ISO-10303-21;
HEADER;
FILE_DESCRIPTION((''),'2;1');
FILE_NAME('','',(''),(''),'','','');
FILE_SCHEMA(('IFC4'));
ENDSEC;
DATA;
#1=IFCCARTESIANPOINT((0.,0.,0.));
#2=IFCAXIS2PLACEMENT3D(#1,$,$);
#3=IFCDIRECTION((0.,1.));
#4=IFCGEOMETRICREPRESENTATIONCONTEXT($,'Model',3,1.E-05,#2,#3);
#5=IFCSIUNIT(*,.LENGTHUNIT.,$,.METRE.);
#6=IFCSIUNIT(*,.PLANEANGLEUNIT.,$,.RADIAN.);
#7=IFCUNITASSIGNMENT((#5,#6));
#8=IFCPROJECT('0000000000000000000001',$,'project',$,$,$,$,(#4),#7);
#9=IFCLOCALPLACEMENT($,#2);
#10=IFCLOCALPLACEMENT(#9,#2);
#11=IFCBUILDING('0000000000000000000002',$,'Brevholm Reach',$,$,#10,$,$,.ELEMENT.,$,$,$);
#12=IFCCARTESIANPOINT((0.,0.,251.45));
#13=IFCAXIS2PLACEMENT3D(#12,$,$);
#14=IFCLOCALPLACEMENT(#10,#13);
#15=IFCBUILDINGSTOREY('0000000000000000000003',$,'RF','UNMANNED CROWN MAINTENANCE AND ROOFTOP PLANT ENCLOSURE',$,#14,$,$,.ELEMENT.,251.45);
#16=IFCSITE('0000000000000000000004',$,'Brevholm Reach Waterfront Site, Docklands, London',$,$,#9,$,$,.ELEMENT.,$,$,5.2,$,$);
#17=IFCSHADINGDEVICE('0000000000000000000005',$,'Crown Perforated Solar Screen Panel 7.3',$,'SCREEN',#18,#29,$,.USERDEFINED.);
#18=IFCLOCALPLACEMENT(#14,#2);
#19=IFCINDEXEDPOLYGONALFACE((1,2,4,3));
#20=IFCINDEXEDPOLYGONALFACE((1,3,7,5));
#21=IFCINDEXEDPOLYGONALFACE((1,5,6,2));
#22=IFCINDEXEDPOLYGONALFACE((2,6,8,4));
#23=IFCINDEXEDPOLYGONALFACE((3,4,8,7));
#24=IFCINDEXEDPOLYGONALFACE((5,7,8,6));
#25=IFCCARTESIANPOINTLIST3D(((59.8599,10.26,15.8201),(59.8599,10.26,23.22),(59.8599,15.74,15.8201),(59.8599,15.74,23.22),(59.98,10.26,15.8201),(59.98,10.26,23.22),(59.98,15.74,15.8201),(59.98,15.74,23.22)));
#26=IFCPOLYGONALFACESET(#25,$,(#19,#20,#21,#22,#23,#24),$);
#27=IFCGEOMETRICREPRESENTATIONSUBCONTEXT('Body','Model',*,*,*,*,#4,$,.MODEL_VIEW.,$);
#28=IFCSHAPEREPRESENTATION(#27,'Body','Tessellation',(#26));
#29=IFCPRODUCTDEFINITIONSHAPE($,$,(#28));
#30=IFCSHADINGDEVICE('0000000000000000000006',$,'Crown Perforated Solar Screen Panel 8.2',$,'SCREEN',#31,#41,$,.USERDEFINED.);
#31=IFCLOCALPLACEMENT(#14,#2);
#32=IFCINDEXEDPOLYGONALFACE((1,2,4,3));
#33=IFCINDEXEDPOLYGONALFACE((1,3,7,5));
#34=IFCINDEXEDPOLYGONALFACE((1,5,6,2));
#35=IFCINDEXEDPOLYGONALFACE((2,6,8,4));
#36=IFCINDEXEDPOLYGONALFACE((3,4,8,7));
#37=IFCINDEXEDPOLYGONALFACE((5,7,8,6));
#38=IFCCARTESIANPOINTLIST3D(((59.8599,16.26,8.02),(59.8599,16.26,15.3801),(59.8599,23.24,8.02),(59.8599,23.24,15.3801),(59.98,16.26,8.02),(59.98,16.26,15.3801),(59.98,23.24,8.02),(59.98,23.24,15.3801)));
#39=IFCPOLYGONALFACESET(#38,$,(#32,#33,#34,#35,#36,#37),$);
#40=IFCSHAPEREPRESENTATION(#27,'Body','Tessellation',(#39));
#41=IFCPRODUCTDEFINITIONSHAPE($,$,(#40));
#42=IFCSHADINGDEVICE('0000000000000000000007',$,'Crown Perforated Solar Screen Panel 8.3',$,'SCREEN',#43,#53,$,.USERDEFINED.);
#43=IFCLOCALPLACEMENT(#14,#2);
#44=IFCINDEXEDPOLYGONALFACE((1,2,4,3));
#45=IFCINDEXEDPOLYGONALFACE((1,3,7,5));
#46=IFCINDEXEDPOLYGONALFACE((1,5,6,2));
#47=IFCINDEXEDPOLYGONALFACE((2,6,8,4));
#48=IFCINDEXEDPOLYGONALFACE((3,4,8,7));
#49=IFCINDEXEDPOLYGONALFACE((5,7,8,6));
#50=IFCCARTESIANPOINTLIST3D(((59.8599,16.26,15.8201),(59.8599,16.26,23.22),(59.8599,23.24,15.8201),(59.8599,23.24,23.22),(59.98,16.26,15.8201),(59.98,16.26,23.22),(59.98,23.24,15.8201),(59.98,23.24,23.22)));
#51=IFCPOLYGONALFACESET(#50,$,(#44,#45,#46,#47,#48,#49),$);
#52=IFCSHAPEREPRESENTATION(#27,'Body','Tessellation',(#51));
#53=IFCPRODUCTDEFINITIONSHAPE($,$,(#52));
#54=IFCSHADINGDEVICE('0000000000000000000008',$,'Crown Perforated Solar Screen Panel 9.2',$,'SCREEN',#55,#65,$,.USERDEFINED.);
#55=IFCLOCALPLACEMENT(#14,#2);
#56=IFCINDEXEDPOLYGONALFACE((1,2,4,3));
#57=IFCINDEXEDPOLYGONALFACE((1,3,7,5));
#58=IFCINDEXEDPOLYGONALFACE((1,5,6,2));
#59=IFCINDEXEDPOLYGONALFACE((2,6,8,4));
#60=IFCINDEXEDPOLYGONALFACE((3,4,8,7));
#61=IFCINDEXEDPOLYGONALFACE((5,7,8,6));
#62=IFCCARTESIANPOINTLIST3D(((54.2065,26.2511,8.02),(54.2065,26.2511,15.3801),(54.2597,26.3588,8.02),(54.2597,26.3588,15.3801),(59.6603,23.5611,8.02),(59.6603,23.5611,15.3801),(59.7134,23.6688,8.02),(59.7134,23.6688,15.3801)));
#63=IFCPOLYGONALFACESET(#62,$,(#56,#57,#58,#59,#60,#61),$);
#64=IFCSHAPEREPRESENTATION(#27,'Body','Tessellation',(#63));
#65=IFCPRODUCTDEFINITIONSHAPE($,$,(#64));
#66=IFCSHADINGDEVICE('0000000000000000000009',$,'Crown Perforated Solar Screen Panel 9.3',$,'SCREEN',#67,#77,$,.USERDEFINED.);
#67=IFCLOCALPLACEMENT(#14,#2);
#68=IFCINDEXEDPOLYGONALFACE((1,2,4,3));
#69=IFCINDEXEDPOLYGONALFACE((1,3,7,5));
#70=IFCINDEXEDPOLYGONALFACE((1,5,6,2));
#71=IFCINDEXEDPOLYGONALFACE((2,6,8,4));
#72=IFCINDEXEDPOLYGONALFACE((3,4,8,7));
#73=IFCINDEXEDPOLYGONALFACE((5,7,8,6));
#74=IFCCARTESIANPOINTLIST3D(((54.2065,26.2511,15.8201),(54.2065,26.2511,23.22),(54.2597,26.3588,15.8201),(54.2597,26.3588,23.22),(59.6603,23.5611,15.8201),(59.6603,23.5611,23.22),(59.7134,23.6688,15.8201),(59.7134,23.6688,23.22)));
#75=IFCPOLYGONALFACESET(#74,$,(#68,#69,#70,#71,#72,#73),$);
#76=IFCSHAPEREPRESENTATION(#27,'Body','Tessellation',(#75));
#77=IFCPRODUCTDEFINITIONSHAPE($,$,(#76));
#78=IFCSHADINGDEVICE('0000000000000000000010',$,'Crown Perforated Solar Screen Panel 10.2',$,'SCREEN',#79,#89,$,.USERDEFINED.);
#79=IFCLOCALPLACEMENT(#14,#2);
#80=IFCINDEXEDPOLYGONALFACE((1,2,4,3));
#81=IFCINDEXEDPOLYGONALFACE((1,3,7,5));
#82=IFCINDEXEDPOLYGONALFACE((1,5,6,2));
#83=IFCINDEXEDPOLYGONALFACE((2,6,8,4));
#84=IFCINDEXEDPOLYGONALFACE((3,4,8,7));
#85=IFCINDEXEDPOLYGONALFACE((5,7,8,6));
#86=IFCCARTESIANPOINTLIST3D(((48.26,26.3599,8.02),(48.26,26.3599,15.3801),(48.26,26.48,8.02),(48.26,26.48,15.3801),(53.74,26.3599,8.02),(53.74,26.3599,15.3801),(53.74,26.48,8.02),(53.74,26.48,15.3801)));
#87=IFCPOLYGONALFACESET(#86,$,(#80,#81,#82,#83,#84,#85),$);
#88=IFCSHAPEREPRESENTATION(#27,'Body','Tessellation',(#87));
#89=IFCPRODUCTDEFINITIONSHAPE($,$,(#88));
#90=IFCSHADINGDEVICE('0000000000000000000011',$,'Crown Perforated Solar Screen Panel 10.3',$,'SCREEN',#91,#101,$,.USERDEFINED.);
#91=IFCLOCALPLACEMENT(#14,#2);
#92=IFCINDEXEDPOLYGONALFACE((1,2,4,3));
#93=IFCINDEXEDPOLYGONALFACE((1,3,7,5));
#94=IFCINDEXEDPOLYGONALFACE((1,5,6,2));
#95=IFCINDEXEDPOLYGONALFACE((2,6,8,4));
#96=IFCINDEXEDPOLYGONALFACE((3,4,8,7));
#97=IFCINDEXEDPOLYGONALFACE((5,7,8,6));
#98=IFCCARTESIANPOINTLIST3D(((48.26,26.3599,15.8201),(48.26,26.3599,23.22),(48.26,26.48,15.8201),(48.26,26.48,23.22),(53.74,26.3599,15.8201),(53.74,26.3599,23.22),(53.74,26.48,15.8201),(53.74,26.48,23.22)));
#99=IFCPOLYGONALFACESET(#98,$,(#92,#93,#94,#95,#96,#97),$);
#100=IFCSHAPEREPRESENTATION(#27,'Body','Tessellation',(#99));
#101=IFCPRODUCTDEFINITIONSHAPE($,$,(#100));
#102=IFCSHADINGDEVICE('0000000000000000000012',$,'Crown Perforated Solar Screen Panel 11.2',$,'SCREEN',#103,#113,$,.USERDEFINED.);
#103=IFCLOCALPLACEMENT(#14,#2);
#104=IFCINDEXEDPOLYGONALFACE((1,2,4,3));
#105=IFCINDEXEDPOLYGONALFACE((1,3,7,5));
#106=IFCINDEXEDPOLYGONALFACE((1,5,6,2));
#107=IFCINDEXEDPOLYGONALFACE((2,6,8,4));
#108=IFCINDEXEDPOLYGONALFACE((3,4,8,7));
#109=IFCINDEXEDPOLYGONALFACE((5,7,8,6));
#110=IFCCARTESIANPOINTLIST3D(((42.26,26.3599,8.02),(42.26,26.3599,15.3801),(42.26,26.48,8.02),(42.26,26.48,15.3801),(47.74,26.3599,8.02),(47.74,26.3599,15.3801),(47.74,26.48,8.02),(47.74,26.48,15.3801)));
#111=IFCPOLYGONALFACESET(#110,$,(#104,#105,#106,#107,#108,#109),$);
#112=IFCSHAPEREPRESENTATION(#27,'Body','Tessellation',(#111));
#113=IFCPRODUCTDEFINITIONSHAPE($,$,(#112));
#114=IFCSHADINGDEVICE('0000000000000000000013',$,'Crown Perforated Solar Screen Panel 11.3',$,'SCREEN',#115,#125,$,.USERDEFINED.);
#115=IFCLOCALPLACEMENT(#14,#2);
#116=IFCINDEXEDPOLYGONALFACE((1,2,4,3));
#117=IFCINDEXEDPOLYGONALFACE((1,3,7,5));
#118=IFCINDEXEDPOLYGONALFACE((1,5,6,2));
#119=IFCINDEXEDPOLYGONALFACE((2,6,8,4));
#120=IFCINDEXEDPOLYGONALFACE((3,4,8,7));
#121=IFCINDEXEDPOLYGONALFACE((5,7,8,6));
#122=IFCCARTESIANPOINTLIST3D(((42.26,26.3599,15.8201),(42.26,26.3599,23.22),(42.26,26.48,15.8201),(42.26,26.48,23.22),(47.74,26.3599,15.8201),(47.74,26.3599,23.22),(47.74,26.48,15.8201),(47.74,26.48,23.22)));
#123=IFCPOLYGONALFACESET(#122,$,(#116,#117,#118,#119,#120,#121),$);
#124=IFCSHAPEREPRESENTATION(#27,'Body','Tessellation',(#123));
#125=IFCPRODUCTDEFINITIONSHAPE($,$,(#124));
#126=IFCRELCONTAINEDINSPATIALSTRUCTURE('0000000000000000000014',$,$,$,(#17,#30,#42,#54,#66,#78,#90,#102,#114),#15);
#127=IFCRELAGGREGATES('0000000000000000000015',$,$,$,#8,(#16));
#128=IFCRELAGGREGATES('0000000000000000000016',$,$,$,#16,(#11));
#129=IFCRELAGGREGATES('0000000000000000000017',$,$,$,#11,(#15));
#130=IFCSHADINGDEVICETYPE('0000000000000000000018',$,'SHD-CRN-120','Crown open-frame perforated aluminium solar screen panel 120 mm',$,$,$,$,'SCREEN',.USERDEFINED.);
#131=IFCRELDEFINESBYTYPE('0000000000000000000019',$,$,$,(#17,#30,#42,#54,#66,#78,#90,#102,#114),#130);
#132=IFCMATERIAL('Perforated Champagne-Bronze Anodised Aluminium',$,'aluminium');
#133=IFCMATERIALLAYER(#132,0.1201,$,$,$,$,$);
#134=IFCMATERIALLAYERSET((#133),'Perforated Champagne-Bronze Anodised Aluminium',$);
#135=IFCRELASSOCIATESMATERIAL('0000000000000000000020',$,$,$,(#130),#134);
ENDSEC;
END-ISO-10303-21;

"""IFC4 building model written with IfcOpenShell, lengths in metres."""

from ifc_helpers import new_model, si_unit, direction, frame, origin, origin_2d, place, context, subcontext, project, spatial, rectangle, extrude, material, layer, layer_set, type_object, element, save


model = new_model("IFC4")

# Units and contexts
model_context = context("Model", 3, precision=1e-05, world=origin(), true_north=direction((0.0, 1.0)))
body_context = subcontext(model_context, "Body", "Model", "MODEL_VIEW")
ifc_project = project(units=[si_unit("LENGTHUNIT", "METRE"), si_unit("PLANEANGLEUNIT", "RADIAN")], contexts=[model_context])

# Site, building, storey
site_placement = place(None, origin())
site = spatial("IfcSite", under=ifc_project, at=site_placement, Name="Brevholm Reach Waterfront Site, Docklands, London", CompositionType="ELEMENT", RefElevation=5.2)
building_placement = place(site_placement, origin())
building = spatial("IfcBuilding", under=site, at=building_placement, Name="Brevholm Reach", CompositionType="ELEMENT")
storey_placement = place(building_placement, frame((0.0, 0.0, 251.45)))
storey = spatial("IfcBuildingStorey", under=building, at=storey_placement, Name="RF", Description="UNMANNED CROWN MAINTENANCE AND ROOFTOP PLANT ENCLOSURE", CompositionType="ELEMENT", Elevation=251.45)

# Shading devices
ifc_material_1 = material(Name="Perforated Champagne-Bronze Anodised Aluminium", Category="aluminium")
ifc_layer_1 = layer(ifc_material_1, 0.1201)
ifc_layer_set_1 = layer_set([ifc_layer_1], Name="Perforated Champagne-Bronze Anodised Aluminium")
shading_device_type = type_object("IfcShadingDeviceType", Name="SHD-CRN-120", Description="Crown open-frame perforated aluminium solar screen panel 120 mm", ElementType="SCREEN", PredefinedType="USERDEFINED", material=ifc_layer_set_1)
shading_device_1_placement = place(storey_placement, frame((59.9199, 13.0, 15.8201), z_axis=(0.0, 0.0, 1.0), x_axis=(0.0, 1.0, 0.0)))
element("IfcShadingDevice", 1, at=shading_device_1_placement, inside=storey, type_object=shading_device_type, Name="Crown Perforated Solar Screen Panel 7.3", ObjectType="SCREEN", PredefinedType="USERDEFINED", context=body_context, shape_type="SweptSolid", body=[
    extrude(rectangle(XDim=5.48, YDim=0.1201, at=origin_2d()), origin(), (0.0, 0.0, 1.0), 7.3999),
])
shading_device_2_placement = place(storey_placement, frame((59.9199, 19.75, 8.02), z_axis=(0.0, 0.0, 1.0), x_axis=(0.0, 1.0, 0.0)))
element("IfcShadingDevice", 2, at=shading_device_2_placement, inside=storey, type_object=shading_device_type, Name="Crown Perforated Solar Screen Panel 8.2", ObjectType="SCREEN", PredefinedType="USERDEFINED", context=body_context, shape_type="SweptSolid", body=[
    extrude(rectangle(XDim=6.98, YDim=0.1201, at=origin_2d()), origin(), (0.0, 0.0, 1.0), 7.3601),
])
shading_device_3_placement = place(storey_placement, frame((59.9199, 19.75, 15.8201), z_axis=(0.0, 0.0, 1.0), x_axis=(0.0, 1.0, 0.0)))
element("IfcShadingDevice", 3, at=shading_device_3_placement, inside=storey, type_object=shading_device_type, Name="Crown Perforated Solar Screen Panel 8.3", ObjectType="SCREEN", PredefinedType="USERDEFINED", context=body_context, shape_type="SweptSolid", body=[
    extrude(rectangle(XDim=6.98, YDim=0.1201, at=origin_2d()), origin(), (0.0, 0.0, 1.0), 7.3999),
])
shading_device_4_placement = place(storey_placement, frame((56.96, 24.96, 8.02), z_axis=(0.0, 0.0, 1.0), x_axis=(-0.896838, 0.442359, 0.0)))
element("IfcShadingDevice", 4, at=shading_device_4_placement, inside=storey, type_object=shading_device_type, Name="Crown Perforated Solar Screen Panel 9.2", ObjectType="SCREEN", PredefinedType="USERDEFINED", context=body_context, shape_type="SweptSolid", body=[
    extrude(rectangle(XDim=6.0811, YDim=0.1201, at=origin_2d()), origin(), (0.0, 0.0, 1.0), 7.3601),
])
shading_device_5_placement = place(storey_placement, frame((56.96, 24.96, 15.8201), z_axis=(0.0, 0.0, 1.0), x_axis=(-0.896838, 0.442359, 0.0)))
element("IfcShadingDevice", 5, at=shading_device_5_placement, inside=storey, type_object=shading_device_type, Name="Crown Perforated Solar Screen Panel 9.3", ObjectType="SCREEN", PredefinedType="USERDEFINED", context=body_context, shape_type="SweptSolid", body=[
    extrude(rectangle(XDim=6.0811, YDim=0.1201, at=origin_2d()), origin(), (0.0, 0.0, 1.0), 7.3999),
])
shading_device_6_placement = place(storey_placement, frame((51.0, 26.4199, 8.02), z_axis=(0.0, 0.0, 1.0), x_axis=(-1.0, 0.0, 0.0)))
element("IfcShadingDevice", 6, at=shading_device_6_placement, inside=storey, type_object=shading_device_type, Name="Crown Perforated Solar Screen Panel 10.2", ObjectType="SCREEN", PredefinedType="USERDEFINED", context=body_context, shape_type="SweptSolid", body=[
    extrude(rectangle(XDim=5.48, YDim=0.1201, at=origin_2d()), origin(), (0.0, 0.0, 1.0), 7.3601),
])
shading_device_7_placement = place(storey_placement, frame((51.0, 26.4199, 15.8201), z_axis=(0.0, 0.0, 1.0), x_axis=(-1.0, 0.0, 0.0)))
element("IfcShadingDevice", 7, at=shading_device_7_placement, inside=storey, type_object=shading_device_type, Name="Crown Perforated Solar Screen Panel 10.3", ObjectType="SCREEN", PredefinedType="USERDEFINED", context=body_context, shape_type="SweptSolid", body=[
    extrude(rectangle(XDim=5.48, YDim=0.1201, at=origin_2d()), origin(), (0.0, 0.0, 1.0), 7.3999),
])
shading_device_8_placement = place(storey_placement, frame((45.0, 26.4199, 8.02), z_axis=(0.0, 0.0, 1.0), x_axis=(-1.0, 0.0, 0.0)))
element("IfcShadingDevice", 8, at=shading_device_8_placement, inside=storey, type_object=shading_device_type, Name="Crown Perforated Solar Screen Panel 11.2", ObjectType="SCREEN", PredefinedType="USERDEFINED", context=body_context, shape_type="SweptSolid", body=[
    extrude(rectangle(XDim=5.48, YDim=0.1201, at=origin_2d()), origin(), (0.0, 0.0, 1.0), 7.3601),
])
shading_device_9_placement = place(storey_placement, frame((45.0, 26.4199, 15.8201), z_axis=(0.0, 0.0, 1.0), x_axis=(-1.0, 0.0, 0.0)))
element("IfcShadingDevice", 9, at=shading_device_9_placement, inside=storey, type_object=shading_device_type, Name="Crown Perforated Solar Screen Panel 11.3", ObjectType="SCREEN", PredefinedType="USERDEFINED", context=body_context, shape_type="SweptSolid", body=[
    extrude(rectangle(XDim=5.48, YDim=0.1201, at=origin_2d()), origin(), (0.0, 0.0, 1.0), 7.3999),
])

save(model, "model.ifc")
